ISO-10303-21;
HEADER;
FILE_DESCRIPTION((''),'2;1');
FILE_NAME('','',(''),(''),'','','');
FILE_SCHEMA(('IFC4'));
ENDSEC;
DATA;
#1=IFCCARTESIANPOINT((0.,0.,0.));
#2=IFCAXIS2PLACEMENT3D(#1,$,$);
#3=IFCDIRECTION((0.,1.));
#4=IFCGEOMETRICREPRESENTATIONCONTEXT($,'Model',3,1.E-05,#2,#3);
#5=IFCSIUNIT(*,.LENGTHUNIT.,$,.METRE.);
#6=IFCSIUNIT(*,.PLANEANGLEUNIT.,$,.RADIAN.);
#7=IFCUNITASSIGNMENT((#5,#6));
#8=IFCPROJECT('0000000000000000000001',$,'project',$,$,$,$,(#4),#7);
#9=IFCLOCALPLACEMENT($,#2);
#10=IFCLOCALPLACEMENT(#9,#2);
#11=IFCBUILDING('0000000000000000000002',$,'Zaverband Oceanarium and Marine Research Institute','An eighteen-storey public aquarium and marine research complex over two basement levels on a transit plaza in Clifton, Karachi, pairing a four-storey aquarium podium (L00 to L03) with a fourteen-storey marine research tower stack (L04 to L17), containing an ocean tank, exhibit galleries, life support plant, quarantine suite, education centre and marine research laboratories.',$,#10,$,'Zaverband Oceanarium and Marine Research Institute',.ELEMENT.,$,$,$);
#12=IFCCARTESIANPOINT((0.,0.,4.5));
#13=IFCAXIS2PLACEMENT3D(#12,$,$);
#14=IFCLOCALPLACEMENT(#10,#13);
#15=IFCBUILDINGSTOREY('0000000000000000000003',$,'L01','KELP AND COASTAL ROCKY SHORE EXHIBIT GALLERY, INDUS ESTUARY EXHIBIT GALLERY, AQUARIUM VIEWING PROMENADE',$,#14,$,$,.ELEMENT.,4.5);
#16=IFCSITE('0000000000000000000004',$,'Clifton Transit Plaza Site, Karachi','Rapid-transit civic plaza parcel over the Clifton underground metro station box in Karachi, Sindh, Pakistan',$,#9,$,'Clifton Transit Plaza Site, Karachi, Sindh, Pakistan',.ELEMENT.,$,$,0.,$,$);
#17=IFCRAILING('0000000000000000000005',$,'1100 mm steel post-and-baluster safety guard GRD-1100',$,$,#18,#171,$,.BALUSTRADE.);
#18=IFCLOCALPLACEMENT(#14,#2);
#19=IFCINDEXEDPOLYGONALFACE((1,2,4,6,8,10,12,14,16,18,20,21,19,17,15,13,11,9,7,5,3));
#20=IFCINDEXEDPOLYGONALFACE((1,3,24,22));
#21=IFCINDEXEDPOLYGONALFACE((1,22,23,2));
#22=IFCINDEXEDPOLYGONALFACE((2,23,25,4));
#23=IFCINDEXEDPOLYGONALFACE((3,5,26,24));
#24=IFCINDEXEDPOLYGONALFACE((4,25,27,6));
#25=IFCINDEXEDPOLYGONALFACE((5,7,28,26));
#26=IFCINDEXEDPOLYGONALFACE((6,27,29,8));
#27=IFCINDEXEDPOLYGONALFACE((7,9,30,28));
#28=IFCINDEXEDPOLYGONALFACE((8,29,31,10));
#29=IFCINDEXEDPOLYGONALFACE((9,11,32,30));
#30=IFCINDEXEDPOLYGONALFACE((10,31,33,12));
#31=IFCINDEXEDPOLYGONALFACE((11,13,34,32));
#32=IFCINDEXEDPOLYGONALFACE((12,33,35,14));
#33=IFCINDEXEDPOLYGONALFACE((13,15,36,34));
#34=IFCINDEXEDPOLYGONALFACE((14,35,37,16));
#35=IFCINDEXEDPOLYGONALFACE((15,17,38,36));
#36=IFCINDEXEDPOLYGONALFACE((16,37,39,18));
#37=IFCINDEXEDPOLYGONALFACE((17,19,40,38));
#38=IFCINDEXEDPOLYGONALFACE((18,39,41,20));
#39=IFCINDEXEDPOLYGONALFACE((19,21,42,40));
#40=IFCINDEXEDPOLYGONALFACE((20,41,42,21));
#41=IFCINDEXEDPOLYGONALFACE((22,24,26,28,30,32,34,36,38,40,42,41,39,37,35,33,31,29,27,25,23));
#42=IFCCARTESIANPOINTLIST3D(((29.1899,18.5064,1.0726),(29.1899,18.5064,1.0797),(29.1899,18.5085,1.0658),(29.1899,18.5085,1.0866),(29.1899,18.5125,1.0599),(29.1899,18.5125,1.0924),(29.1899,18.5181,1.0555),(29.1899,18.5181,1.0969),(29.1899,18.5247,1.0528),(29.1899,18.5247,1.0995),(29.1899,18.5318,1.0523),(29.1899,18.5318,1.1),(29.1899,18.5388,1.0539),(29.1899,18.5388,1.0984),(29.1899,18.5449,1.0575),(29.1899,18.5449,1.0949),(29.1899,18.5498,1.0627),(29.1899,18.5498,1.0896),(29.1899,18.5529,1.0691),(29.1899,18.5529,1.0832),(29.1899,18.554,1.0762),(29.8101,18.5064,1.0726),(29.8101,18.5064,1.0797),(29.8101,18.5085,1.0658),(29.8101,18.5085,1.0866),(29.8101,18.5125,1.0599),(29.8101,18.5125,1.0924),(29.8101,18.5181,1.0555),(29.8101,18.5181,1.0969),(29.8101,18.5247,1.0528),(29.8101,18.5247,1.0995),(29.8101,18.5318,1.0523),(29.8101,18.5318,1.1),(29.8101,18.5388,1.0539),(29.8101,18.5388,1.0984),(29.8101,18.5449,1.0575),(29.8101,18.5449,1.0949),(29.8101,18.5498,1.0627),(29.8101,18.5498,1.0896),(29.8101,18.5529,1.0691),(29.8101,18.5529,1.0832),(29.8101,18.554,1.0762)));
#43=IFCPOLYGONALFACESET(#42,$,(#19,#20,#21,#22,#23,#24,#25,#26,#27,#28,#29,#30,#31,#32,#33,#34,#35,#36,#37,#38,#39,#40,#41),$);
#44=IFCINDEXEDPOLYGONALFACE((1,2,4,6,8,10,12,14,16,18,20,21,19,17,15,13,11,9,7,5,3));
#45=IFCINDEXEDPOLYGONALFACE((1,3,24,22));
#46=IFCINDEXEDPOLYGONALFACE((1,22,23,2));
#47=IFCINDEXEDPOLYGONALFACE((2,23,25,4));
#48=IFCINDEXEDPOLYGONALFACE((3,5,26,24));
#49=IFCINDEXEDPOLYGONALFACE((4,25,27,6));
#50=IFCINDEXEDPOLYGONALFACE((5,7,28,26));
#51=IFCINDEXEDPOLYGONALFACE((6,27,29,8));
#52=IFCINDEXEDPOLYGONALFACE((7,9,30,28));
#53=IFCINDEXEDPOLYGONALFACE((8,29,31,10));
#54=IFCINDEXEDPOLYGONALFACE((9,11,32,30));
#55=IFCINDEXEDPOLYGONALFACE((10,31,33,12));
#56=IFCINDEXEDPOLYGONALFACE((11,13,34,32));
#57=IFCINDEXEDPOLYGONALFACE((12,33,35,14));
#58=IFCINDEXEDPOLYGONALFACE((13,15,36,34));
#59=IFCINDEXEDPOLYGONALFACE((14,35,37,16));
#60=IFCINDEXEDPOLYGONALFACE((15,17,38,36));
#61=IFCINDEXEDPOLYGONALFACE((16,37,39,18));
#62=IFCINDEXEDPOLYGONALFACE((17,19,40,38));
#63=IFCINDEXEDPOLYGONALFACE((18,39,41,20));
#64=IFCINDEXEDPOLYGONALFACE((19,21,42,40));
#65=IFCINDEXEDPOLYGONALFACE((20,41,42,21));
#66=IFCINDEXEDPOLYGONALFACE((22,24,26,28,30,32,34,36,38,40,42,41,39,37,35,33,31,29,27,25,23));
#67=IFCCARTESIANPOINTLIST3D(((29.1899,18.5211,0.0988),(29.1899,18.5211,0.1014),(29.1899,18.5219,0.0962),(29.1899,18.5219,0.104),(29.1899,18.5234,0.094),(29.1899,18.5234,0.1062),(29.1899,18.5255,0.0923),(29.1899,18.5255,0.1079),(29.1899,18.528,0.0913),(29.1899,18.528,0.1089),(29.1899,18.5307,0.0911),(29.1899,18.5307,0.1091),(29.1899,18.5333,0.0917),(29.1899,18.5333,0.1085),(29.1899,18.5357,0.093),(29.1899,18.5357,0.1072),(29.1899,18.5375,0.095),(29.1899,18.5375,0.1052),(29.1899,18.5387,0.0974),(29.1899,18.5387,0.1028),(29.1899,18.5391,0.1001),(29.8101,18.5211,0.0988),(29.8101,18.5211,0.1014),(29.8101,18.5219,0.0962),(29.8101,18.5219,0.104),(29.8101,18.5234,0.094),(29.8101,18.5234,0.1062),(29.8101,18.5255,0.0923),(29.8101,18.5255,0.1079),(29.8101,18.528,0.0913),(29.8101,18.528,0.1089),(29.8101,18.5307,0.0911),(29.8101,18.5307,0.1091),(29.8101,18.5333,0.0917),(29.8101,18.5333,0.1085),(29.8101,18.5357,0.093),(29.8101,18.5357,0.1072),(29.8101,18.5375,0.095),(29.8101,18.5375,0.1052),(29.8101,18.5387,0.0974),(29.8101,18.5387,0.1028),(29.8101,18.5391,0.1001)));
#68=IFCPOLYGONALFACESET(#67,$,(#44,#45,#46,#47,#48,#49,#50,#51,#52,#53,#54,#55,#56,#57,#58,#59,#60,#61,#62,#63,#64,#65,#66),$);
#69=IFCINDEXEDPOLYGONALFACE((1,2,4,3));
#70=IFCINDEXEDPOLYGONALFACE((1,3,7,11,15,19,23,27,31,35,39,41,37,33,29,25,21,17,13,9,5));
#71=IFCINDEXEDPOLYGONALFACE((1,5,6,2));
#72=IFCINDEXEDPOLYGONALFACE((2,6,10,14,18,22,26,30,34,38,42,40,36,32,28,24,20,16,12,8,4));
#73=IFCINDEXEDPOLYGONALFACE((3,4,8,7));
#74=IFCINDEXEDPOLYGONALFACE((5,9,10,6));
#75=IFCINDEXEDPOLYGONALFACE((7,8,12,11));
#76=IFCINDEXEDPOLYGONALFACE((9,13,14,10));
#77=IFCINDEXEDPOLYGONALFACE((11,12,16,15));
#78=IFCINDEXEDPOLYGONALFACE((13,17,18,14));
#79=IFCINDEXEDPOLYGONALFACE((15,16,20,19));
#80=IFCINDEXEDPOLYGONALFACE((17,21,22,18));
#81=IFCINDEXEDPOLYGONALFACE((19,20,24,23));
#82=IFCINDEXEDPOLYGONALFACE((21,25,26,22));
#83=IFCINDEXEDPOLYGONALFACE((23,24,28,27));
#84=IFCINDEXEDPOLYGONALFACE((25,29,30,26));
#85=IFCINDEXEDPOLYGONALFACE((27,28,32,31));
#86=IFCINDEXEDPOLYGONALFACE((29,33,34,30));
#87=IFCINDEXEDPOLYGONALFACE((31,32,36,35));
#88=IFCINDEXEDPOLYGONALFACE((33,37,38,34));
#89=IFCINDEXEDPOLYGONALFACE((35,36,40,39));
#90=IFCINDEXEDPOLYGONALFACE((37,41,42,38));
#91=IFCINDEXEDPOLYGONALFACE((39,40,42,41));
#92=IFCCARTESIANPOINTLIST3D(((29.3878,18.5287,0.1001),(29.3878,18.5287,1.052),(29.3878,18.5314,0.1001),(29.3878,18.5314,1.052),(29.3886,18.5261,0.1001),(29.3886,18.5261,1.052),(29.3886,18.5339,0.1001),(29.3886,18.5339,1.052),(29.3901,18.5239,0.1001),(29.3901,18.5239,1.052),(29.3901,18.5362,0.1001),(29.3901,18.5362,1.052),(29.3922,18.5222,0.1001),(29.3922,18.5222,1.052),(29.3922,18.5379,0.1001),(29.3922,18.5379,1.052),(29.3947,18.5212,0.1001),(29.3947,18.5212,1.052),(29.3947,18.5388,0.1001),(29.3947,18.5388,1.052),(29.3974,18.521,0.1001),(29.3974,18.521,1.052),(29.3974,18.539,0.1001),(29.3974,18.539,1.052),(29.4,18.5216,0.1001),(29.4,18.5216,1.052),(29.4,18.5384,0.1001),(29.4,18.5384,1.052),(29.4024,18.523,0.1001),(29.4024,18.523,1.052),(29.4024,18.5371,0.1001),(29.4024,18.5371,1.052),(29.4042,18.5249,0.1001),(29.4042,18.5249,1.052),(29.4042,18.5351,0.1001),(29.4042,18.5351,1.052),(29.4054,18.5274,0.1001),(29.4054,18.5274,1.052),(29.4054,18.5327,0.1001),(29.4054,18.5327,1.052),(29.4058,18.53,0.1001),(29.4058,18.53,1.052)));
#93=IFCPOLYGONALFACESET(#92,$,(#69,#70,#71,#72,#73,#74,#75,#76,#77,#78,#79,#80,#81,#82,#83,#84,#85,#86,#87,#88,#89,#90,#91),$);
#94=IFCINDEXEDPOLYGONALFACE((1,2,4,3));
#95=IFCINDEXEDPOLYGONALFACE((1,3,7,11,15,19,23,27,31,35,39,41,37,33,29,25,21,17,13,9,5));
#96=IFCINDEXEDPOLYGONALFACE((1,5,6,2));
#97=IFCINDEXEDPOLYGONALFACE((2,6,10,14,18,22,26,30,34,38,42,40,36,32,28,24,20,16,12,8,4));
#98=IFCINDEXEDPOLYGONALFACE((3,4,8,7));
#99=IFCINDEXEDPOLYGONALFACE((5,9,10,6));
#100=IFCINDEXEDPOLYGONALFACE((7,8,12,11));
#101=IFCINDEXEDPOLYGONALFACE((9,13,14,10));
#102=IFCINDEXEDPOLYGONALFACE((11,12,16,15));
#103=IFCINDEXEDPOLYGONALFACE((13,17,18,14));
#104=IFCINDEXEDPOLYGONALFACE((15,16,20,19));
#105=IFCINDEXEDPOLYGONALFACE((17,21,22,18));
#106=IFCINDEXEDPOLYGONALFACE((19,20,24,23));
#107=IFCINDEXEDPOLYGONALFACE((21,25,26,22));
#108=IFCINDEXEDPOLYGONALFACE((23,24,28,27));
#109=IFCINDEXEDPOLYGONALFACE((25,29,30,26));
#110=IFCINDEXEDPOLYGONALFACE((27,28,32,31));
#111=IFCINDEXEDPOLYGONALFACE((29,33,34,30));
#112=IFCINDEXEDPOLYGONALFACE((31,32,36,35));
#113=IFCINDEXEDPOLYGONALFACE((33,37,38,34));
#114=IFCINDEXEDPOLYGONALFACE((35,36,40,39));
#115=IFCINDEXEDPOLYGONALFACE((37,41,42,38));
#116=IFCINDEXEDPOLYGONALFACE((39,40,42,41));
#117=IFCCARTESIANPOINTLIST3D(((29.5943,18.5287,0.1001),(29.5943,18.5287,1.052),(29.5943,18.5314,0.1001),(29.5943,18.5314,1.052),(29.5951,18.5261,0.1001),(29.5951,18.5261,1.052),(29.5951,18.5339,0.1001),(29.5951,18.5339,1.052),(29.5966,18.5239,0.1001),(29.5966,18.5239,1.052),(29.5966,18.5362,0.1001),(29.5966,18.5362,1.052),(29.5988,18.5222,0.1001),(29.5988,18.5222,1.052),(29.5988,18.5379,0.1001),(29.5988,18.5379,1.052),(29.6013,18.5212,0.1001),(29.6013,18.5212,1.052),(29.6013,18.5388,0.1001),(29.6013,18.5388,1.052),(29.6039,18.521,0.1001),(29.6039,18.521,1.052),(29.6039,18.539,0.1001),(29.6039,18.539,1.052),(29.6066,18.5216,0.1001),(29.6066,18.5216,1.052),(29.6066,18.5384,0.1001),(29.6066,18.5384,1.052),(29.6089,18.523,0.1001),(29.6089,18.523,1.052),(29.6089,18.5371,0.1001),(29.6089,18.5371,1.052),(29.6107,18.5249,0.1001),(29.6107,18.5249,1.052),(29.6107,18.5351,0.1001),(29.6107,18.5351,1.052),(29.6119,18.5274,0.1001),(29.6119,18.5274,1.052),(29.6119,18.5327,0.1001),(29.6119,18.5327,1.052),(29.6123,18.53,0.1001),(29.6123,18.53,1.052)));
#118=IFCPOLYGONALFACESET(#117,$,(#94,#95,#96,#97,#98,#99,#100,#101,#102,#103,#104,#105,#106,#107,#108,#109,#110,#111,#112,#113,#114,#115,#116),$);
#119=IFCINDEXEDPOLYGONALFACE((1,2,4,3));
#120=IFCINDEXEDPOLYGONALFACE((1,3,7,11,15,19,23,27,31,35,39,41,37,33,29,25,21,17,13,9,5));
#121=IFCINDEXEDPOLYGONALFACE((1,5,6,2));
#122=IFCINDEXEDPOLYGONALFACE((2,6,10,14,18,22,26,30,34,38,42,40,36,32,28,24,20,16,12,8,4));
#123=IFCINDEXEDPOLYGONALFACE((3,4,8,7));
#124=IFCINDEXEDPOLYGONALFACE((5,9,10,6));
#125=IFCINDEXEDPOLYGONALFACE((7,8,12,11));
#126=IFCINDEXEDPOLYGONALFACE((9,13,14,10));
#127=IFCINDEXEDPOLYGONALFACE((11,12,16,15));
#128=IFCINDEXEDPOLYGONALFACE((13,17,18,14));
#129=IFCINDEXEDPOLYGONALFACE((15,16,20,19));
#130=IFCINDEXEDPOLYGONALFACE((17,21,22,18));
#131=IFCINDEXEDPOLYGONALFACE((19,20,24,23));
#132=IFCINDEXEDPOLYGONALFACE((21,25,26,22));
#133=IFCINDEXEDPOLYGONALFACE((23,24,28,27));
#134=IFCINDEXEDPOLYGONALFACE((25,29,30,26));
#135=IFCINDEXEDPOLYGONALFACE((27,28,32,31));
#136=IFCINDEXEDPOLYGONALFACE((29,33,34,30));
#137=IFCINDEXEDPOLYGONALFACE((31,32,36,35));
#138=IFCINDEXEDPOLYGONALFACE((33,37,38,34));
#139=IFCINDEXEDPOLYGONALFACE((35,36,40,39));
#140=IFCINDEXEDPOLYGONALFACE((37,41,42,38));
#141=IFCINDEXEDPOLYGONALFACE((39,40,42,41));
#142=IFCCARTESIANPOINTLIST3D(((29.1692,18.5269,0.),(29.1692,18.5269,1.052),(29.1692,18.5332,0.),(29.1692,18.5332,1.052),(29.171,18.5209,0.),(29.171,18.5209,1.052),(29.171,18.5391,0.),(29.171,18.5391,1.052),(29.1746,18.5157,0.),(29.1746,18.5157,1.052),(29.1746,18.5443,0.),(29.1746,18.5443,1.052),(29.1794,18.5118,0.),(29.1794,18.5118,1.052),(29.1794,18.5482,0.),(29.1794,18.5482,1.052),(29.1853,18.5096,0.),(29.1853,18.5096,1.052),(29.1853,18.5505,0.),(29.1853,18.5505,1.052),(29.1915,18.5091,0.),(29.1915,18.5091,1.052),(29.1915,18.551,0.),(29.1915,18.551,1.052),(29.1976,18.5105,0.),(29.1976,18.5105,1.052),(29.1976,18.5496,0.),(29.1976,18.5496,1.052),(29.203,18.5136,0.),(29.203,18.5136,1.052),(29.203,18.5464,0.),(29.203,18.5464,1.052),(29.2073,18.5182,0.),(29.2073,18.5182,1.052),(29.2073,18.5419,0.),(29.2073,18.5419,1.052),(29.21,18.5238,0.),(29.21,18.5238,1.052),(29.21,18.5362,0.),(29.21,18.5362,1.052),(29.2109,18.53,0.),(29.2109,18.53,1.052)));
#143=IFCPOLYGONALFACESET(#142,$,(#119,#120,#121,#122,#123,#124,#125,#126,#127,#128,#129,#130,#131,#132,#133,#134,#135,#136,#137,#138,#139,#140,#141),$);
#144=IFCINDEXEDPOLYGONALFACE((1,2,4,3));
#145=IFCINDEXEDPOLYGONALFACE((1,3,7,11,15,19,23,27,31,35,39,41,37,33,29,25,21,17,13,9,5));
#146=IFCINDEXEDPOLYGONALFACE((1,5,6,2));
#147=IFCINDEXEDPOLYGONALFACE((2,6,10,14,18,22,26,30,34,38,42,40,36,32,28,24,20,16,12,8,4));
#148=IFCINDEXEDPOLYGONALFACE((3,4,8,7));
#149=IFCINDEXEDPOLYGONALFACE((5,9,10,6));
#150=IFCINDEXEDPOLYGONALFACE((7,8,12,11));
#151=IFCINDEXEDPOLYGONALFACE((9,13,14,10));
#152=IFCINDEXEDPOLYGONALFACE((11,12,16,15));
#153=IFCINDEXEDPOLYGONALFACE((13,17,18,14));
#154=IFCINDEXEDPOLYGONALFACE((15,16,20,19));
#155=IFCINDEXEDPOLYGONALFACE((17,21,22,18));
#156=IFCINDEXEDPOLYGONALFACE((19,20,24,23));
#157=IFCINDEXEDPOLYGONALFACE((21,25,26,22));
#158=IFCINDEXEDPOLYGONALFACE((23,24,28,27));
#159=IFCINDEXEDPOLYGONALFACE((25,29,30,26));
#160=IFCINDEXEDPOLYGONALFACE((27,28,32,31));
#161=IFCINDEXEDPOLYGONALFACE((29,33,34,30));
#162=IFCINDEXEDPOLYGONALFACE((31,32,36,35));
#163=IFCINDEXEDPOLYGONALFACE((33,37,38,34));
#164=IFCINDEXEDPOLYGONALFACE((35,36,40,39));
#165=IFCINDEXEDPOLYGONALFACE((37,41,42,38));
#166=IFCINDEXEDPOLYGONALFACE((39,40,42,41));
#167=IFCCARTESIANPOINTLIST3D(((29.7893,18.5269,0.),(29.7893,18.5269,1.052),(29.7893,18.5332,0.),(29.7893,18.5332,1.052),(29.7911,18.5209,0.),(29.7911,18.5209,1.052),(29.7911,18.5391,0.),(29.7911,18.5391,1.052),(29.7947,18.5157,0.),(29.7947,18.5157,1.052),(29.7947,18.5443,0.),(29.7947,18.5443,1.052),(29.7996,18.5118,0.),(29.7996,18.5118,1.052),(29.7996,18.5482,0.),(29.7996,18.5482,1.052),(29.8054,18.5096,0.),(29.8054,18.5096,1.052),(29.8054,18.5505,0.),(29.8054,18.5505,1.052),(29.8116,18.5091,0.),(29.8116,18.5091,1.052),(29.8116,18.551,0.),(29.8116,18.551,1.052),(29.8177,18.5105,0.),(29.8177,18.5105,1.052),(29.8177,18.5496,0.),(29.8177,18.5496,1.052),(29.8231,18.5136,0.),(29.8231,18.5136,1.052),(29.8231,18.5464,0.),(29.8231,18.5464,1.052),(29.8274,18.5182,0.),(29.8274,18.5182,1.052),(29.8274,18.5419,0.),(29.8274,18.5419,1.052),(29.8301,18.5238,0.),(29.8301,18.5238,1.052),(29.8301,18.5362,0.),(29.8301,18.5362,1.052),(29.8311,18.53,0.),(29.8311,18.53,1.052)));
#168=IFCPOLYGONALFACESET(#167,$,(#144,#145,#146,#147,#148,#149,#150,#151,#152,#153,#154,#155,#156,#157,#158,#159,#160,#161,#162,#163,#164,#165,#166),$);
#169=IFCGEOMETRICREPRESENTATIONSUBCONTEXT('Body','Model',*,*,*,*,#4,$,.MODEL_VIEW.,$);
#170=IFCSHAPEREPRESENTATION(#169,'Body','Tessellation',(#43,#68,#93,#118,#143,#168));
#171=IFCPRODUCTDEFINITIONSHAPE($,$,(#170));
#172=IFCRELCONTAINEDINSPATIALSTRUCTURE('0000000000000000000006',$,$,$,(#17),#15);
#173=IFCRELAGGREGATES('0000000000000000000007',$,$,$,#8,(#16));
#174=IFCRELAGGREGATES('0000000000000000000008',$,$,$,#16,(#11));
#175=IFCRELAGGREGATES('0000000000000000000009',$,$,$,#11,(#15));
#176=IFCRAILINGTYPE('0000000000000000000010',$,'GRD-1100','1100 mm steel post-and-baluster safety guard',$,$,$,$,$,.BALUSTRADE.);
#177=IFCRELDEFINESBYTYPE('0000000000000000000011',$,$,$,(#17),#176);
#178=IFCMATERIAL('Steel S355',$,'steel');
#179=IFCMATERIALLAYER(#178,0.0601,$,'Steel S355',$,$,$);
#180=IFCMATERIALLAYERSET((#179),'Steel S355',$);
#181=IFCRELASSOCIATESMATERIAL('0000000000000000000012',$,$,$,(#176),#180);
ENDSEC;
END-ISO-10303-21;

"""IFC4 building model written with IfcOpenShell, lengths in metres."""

from ifc_helpers import new_model, si_unit, direction, frame, origin, origin_2d, place, context, subcontext, project, spatial, circle, extrude, material, layer, layer_set, type_object, element, save


model = new_model("IFC4")

# Units and contexts
model_context = context("Model", 3, precision=1e-05, world=origin(), true_north=direction((0.0, 1.0)))
body_context = subcontext(model_context, "Body", "Model", "MODEL_VIEW")
ifc_project = project(units=[si_unit("LENGTHUNIT", "METRE"), si_unit("PLANEANGLEUNIT", "RADIAN")], contexts=[model_context])

# Site, building, storey
site_placement = place(None, origin())
site = spatial("IfcSite", under=ifc_project, at=site_placement, Name="Clifton Transit Plaza Site, Karachi", Description="Rapid-transit civic plaza parcel over the Clifton underground metro station box in Karachi, Sindh, Pakistan", LongName="Clifton Transit Plaza Site, Karachi, Sindh, Pakistan", CompositionType="ELEMENT", RefElevation=0.0)
building_placement = place(site_placement, origin())
building = spatial("IfcBuilding", under=site, at=building_placement, Name="Zaverband Oceanarium and Marine Research Institute", Description="An eighteen-storey public aquarium and marine research complex over two basement levels on a transit plaza in Clifton, Karachi, pairing a four-storey aquarium podium (L00 to L03) with a fourteen-storey marine research tower stack (L04 to L17), containing an ocean tank, exhibit galleries, life support plant, quarantine suite, education centre and marine research laboratories.", LongName="Zaverband Oceanarium and Marine Research Institute", CompositionType="ELEMENT")
storey_placement = place(building_placement, frame((0.0, 0.0, 4.5)))
storey = spatial("IfcBuildingStorey", under=building, at=storey_placement, Name="L01", Description="KELP AND COASTAL ROCKY SHORE EXHIBIT GALLERY, INDUS ESTUARY EXHIBIT GALLERY, AQUARIUM VIEWING PROMENADE", CompositionType="ELEMENT", Elevation=4.5)

# Shared definitions
ifc_material_1 = material(Name="Steel S355", Category="steel")

# Railing
ifc_layer_1 = layer(ifc_material_1, 0.0601, Name="Steel S355")
ifc_layer_set_1 = layer_set([ifc_layer_1], Name="Steel S355")
railing_type_1 = type_object("IfcRailingType", Name="GRD-1100", Description="1100 mm steel post-and-baluster safety guard", PredefinedType="BALUSTRADE", material=ifc_layer_set_1)
for number, where, name in (
    (1, (29.1899, 18.53, 0.0), "1100 mm steel post-and-baluster safety guard GRD-1100"),
):
    element("IfcRailing", number, at=place(storey_placement, frame(where)), inside=storey, type_object=railing_type_1, Name=name, PredefinedType="BALUSTRADE", context=body_context, shape_type="SweptSolid", body=[
        extrude(circle(Radius=0.0239, at=origin_2d()), frame((0.0, 0.0, 1.0762), z_axis=(1.0, 0.0, 0.0), x_axis=(0.0, 1.0, 0.0)), (0.0, 0.0, 1.0), 0.6201),
        extrude(circle(Radius=0.009, at=origin_2d()), frame((0.0, 0.0, 0.1001), z_axis=(1.0, 0.0, 0.0), x_axis=(0.0, 1.0, 0.0)), (0.0, 0.0, 1.0), 0.6201),
        extrude(circle(Radius=0.009, at=origin_2d()), frame((0.2068, 0.0, 0.1001)), (0.0, 0.0, 1.0), 0.9519),
        extrude(circle(Radius=0.009, at=origin_2d()), frame((0.4133, 0.0, 0.1001)), (0.0, 0.0, 1.0), 0.9519),
        extrude(circle(Radius=0.021, at=origin_2d()), origin(), (0.0, 0.0, 1.0), 1.052),
        extrude(circle(Radius=0.021, at=origin_2d()), frame((0.6201, 0.0, 0.0)), (0.0, 0.0, 1.0), 1.052),
    ])

save(model, "model.ifc")
